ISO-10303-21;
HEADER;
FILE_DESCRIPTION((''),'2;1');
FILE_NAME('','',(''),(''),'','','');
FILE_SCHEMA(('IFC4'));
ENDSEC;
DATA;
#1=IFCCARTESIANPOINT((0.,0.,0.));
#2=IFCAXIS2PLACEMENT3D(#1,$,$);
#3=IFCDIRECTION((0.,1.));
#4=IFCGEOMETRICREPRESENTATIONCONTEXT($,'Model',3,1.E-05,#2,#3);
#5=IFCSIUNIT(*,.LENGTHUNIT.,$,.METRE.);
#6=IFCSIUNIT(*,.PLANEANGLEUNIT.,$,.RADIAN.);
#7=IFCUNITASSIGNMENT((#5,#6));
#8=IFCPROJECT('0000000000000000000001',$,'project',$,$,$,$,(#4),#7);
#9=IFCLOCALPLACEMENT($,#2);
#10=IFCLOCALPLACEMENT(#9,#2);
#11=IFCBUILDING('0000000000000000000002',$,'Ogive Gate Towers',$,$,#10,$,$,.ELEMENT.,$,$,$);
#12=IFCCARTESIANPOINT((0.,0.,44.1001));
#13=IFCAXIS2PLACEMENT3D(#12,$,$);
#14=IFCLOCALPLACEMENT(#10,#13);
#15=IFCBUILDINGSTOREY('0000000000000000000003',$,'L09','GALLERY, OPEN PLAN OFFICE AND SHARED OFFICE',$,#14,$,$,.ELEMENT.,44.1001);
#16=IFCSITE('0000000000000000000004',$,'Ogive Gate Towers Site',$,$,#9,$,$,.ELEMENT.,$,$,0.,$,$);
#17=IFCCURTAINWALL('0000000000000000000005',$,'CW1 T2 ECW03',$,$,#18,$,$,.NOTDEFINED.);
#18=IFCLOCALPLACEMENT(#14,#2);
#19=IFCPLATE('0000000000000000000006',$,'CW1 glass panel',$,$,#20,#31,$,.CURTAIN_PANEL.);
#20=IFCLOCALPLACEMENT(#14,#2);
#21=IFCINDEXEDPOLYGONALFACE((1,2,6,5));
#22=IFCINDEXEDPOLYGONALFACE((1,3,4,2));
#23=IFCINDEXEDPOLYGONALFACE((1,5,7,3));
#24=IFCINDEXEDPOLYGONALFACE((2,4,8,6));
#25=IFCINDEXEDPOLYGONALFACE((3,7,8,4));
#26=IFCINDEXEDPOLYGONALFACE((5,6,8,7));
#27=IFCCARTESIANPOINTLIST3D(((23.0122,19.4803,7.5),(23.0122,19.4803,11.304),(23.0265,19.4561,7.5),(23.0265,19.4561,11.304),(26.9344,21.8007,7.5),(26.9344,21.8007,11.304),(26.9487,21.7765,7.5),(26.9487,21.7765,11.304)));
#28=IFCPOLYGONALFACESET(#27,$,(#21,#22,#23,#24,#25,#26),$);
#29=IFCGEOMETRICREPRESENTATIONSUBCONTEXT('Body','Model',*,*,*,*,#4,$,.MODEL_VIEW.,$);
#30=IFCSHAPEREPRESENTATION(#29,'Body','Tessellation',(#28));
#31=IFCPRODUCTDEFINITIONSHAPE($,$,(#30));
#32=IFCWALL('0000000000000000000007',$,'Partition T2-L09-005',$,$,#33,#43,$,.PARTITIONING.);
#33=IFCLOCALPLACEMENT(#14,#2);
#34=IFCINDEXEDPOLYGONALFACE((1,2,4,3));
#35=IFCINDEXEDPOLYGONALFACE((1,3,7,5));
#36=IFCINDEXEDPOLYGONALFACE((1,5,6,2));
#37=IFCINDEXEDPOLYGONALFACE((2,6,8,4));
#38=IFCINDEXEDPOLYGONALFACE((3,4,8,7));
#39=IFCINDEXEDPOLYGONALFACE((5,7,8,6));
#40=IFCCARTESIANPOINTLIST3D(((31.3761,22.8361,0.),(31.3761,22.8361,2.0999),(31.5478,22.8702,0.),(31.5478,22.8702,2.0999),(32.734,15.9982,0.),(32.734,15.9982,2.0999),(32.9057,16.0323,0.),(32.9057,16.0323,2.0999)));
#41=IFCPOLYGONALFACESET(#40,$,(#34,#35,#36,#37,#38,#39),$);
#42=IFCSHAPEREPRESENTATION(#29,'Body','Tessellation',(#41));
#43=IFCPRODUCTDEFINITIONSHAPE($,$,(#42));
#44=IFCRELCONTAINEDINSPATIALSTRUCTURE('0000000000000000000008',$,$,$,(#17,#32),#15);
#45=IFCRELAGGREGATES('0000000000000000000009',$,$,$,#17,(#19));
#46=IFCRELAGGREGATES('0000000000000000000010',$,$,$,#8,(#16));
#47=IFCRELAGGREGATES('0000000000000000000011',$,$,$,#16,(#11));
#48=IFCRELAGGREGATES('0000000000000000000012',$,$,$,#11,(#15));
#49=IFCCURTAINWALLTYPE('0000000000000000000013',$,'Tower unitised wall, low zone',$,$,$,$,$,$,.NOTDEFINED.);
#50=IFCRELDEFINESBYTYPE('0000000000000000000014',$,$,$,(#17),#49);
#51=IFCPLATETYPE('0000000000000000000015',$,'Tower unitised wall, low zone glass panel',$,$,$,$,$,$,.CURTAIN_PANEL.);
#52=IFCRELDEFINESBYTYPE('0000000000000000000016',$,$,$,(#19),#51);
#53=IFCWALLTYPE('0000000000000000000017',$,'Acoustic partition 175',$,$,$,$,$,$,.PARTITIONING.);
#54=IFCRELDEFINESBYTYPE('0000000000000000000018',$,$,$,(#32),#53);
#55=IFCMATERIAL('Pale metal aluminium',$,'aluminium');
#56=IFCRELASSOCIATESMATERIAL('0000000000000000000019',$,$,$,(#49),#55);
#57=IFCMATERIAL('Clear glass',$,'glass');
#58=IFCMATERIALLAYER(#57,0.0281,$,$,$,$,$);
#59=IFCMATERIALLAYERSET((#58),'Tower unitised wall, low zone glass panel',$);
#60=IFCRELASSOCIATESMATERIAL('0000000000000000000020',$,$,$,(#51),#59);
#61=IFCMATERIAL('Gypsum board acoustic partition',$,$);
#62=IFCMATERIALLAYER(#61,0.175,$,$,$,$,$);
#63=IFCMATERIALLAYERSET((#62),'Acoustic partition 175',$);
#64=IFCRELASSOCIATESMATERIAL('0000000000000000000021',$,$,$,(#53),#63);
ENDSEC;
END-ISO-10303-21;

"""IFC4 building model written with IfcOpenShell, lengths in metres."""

from ifc_helpers import new_model, si_unit, direction, frame, frame_2d, origin, origin_2d, place, context, subcontext, project, spatial, rectangle, extrude, material, layer, layer_set, type_object, element, aggregate, save


model = new_model("IFC4")

# Units and contexts
model_context = context("Model", 3, precision=1e-05, world=origin(), true_north=direction((0.0, 1.0)))
body_context = subcontext(model_context, "Body", "Model", "MODEL_VIEW")
ifc_project = project(units=[si_unit("LENGTHUNIT", "METRE"), si_unit("PLANEANGLEUNIT", "RADIAN")], contexts=[model_context])

# Site, building, storey
site_placement = place(None, origin())
site = spatial("IfcSite", under=ifc_project, at=site_placement, Name="Ogive Gate Towers Site", CompositionType="ELEMENT", RefElevation=0.0)
building_placement = place(site_placement, origin())
building = spatial("IfcBuilding", under=site, at=building_placement, Name="Ogive Gate Towers", CompositionType="ELEMENT")
storey_placement = place(building_placement, frame((0.0, 0.0, 44.1001)))
storey = spatial("IfcBuildingStorey", under=building, at=storey_placement, Name="L09", Description="GALLERY, OPEN PLAN OFFICE AND SHARED OFFICE", CompositionType="ELEMENT", Elevation=44.1001)

# Curtain wall, plate
ifc_material_1 = material(Name="Pale metal aluminium", Category="aluminium")
curtain_wall_type = type_object("IfcCurtainWallType", Name="Tower unitised wall, low zone", PredefinedType="NOTDEFINED", material=ifc_material_1)
curtain_wall_placement = place(storey_placement, origin())
curtain_wall = element("IfcCurtainWall", 1, at=curtain_wall_placement, inside=storey, type_object=curtain_wall_type, Name="CW1 T2 ECW03", PredefinedType="NOTDEFINED")
ifc_material_2 = material(Name="Clear glass", Category="glass")
ifc_layer_1 = layer(ifc_material_2, 0.0281)
ifc_layer_set_1 = layer_set([ifc_layer_1], Name="Tower unitised wall, low zone glass panel")
plate_type = type_object("IfcPlateType", Name="Tower unitised wall, low zone glass panel", PredefinedType="CURTAIN_PANEL", material=ifc_layer_set_1)
plate_1_placement = place(storey_placement, frame((24.9805, 20.6284, 7.5), z_axis=(0.0, 0.0, 1.0), x_axis=(-0.860662, -0.509177, 0.0)))
plate_1 = element("IfcPlate", 2, at=plate_1_placement, type_object=plate_type, Name="CW1 glass panel", PredefinedType="CURTAIN_PANEL", context=body_context, shape_type="SweptSolid", body=[
    extrude(rectangle(XDim=4.5571, YDim=0.0281, at=origin_2d()), origin(), (0.0, 0.0, 1.0), 3.804),
])
aggregate(curtain_wall, [plate_1])

# Wall
ifc_material_3 = material(Name="Gypsum board acoustic partition")
ifc_layer_2 = layer(ifc_material_3, 0.175)
ifc_layer_set_2 = layer_set([ifc_layer_2], Name="Acoustic partition 175")
wall_type = type_object("IfcWallType", Name="Acoustic partition 175", PredefinedType="PARTITIONING", material=ifc_layer_set_2)
wall_placement = place(storey_placement, frame((31.4619, 22.8533, 0.0), z_axis=(0.0, 0.0, 1.0), x_axis=(0.194782, -0.980846, 0.0)))
element("IfcWall", 3, at=wall_placement, inside=storey, type_object=wall_type, Name="Partition T2-L09-005", PredefinedType="PARTITIONING", context=body_context, shape_type="SweptSolid", body=[
    extrude(rectangle(XDim=6.9714, YDim=0.175, at=frame_2d((3.4858, 0.0))), origin(), (0.0, 0.0, 1.0), 2.0999),
])

save(model, "model.ifc")
